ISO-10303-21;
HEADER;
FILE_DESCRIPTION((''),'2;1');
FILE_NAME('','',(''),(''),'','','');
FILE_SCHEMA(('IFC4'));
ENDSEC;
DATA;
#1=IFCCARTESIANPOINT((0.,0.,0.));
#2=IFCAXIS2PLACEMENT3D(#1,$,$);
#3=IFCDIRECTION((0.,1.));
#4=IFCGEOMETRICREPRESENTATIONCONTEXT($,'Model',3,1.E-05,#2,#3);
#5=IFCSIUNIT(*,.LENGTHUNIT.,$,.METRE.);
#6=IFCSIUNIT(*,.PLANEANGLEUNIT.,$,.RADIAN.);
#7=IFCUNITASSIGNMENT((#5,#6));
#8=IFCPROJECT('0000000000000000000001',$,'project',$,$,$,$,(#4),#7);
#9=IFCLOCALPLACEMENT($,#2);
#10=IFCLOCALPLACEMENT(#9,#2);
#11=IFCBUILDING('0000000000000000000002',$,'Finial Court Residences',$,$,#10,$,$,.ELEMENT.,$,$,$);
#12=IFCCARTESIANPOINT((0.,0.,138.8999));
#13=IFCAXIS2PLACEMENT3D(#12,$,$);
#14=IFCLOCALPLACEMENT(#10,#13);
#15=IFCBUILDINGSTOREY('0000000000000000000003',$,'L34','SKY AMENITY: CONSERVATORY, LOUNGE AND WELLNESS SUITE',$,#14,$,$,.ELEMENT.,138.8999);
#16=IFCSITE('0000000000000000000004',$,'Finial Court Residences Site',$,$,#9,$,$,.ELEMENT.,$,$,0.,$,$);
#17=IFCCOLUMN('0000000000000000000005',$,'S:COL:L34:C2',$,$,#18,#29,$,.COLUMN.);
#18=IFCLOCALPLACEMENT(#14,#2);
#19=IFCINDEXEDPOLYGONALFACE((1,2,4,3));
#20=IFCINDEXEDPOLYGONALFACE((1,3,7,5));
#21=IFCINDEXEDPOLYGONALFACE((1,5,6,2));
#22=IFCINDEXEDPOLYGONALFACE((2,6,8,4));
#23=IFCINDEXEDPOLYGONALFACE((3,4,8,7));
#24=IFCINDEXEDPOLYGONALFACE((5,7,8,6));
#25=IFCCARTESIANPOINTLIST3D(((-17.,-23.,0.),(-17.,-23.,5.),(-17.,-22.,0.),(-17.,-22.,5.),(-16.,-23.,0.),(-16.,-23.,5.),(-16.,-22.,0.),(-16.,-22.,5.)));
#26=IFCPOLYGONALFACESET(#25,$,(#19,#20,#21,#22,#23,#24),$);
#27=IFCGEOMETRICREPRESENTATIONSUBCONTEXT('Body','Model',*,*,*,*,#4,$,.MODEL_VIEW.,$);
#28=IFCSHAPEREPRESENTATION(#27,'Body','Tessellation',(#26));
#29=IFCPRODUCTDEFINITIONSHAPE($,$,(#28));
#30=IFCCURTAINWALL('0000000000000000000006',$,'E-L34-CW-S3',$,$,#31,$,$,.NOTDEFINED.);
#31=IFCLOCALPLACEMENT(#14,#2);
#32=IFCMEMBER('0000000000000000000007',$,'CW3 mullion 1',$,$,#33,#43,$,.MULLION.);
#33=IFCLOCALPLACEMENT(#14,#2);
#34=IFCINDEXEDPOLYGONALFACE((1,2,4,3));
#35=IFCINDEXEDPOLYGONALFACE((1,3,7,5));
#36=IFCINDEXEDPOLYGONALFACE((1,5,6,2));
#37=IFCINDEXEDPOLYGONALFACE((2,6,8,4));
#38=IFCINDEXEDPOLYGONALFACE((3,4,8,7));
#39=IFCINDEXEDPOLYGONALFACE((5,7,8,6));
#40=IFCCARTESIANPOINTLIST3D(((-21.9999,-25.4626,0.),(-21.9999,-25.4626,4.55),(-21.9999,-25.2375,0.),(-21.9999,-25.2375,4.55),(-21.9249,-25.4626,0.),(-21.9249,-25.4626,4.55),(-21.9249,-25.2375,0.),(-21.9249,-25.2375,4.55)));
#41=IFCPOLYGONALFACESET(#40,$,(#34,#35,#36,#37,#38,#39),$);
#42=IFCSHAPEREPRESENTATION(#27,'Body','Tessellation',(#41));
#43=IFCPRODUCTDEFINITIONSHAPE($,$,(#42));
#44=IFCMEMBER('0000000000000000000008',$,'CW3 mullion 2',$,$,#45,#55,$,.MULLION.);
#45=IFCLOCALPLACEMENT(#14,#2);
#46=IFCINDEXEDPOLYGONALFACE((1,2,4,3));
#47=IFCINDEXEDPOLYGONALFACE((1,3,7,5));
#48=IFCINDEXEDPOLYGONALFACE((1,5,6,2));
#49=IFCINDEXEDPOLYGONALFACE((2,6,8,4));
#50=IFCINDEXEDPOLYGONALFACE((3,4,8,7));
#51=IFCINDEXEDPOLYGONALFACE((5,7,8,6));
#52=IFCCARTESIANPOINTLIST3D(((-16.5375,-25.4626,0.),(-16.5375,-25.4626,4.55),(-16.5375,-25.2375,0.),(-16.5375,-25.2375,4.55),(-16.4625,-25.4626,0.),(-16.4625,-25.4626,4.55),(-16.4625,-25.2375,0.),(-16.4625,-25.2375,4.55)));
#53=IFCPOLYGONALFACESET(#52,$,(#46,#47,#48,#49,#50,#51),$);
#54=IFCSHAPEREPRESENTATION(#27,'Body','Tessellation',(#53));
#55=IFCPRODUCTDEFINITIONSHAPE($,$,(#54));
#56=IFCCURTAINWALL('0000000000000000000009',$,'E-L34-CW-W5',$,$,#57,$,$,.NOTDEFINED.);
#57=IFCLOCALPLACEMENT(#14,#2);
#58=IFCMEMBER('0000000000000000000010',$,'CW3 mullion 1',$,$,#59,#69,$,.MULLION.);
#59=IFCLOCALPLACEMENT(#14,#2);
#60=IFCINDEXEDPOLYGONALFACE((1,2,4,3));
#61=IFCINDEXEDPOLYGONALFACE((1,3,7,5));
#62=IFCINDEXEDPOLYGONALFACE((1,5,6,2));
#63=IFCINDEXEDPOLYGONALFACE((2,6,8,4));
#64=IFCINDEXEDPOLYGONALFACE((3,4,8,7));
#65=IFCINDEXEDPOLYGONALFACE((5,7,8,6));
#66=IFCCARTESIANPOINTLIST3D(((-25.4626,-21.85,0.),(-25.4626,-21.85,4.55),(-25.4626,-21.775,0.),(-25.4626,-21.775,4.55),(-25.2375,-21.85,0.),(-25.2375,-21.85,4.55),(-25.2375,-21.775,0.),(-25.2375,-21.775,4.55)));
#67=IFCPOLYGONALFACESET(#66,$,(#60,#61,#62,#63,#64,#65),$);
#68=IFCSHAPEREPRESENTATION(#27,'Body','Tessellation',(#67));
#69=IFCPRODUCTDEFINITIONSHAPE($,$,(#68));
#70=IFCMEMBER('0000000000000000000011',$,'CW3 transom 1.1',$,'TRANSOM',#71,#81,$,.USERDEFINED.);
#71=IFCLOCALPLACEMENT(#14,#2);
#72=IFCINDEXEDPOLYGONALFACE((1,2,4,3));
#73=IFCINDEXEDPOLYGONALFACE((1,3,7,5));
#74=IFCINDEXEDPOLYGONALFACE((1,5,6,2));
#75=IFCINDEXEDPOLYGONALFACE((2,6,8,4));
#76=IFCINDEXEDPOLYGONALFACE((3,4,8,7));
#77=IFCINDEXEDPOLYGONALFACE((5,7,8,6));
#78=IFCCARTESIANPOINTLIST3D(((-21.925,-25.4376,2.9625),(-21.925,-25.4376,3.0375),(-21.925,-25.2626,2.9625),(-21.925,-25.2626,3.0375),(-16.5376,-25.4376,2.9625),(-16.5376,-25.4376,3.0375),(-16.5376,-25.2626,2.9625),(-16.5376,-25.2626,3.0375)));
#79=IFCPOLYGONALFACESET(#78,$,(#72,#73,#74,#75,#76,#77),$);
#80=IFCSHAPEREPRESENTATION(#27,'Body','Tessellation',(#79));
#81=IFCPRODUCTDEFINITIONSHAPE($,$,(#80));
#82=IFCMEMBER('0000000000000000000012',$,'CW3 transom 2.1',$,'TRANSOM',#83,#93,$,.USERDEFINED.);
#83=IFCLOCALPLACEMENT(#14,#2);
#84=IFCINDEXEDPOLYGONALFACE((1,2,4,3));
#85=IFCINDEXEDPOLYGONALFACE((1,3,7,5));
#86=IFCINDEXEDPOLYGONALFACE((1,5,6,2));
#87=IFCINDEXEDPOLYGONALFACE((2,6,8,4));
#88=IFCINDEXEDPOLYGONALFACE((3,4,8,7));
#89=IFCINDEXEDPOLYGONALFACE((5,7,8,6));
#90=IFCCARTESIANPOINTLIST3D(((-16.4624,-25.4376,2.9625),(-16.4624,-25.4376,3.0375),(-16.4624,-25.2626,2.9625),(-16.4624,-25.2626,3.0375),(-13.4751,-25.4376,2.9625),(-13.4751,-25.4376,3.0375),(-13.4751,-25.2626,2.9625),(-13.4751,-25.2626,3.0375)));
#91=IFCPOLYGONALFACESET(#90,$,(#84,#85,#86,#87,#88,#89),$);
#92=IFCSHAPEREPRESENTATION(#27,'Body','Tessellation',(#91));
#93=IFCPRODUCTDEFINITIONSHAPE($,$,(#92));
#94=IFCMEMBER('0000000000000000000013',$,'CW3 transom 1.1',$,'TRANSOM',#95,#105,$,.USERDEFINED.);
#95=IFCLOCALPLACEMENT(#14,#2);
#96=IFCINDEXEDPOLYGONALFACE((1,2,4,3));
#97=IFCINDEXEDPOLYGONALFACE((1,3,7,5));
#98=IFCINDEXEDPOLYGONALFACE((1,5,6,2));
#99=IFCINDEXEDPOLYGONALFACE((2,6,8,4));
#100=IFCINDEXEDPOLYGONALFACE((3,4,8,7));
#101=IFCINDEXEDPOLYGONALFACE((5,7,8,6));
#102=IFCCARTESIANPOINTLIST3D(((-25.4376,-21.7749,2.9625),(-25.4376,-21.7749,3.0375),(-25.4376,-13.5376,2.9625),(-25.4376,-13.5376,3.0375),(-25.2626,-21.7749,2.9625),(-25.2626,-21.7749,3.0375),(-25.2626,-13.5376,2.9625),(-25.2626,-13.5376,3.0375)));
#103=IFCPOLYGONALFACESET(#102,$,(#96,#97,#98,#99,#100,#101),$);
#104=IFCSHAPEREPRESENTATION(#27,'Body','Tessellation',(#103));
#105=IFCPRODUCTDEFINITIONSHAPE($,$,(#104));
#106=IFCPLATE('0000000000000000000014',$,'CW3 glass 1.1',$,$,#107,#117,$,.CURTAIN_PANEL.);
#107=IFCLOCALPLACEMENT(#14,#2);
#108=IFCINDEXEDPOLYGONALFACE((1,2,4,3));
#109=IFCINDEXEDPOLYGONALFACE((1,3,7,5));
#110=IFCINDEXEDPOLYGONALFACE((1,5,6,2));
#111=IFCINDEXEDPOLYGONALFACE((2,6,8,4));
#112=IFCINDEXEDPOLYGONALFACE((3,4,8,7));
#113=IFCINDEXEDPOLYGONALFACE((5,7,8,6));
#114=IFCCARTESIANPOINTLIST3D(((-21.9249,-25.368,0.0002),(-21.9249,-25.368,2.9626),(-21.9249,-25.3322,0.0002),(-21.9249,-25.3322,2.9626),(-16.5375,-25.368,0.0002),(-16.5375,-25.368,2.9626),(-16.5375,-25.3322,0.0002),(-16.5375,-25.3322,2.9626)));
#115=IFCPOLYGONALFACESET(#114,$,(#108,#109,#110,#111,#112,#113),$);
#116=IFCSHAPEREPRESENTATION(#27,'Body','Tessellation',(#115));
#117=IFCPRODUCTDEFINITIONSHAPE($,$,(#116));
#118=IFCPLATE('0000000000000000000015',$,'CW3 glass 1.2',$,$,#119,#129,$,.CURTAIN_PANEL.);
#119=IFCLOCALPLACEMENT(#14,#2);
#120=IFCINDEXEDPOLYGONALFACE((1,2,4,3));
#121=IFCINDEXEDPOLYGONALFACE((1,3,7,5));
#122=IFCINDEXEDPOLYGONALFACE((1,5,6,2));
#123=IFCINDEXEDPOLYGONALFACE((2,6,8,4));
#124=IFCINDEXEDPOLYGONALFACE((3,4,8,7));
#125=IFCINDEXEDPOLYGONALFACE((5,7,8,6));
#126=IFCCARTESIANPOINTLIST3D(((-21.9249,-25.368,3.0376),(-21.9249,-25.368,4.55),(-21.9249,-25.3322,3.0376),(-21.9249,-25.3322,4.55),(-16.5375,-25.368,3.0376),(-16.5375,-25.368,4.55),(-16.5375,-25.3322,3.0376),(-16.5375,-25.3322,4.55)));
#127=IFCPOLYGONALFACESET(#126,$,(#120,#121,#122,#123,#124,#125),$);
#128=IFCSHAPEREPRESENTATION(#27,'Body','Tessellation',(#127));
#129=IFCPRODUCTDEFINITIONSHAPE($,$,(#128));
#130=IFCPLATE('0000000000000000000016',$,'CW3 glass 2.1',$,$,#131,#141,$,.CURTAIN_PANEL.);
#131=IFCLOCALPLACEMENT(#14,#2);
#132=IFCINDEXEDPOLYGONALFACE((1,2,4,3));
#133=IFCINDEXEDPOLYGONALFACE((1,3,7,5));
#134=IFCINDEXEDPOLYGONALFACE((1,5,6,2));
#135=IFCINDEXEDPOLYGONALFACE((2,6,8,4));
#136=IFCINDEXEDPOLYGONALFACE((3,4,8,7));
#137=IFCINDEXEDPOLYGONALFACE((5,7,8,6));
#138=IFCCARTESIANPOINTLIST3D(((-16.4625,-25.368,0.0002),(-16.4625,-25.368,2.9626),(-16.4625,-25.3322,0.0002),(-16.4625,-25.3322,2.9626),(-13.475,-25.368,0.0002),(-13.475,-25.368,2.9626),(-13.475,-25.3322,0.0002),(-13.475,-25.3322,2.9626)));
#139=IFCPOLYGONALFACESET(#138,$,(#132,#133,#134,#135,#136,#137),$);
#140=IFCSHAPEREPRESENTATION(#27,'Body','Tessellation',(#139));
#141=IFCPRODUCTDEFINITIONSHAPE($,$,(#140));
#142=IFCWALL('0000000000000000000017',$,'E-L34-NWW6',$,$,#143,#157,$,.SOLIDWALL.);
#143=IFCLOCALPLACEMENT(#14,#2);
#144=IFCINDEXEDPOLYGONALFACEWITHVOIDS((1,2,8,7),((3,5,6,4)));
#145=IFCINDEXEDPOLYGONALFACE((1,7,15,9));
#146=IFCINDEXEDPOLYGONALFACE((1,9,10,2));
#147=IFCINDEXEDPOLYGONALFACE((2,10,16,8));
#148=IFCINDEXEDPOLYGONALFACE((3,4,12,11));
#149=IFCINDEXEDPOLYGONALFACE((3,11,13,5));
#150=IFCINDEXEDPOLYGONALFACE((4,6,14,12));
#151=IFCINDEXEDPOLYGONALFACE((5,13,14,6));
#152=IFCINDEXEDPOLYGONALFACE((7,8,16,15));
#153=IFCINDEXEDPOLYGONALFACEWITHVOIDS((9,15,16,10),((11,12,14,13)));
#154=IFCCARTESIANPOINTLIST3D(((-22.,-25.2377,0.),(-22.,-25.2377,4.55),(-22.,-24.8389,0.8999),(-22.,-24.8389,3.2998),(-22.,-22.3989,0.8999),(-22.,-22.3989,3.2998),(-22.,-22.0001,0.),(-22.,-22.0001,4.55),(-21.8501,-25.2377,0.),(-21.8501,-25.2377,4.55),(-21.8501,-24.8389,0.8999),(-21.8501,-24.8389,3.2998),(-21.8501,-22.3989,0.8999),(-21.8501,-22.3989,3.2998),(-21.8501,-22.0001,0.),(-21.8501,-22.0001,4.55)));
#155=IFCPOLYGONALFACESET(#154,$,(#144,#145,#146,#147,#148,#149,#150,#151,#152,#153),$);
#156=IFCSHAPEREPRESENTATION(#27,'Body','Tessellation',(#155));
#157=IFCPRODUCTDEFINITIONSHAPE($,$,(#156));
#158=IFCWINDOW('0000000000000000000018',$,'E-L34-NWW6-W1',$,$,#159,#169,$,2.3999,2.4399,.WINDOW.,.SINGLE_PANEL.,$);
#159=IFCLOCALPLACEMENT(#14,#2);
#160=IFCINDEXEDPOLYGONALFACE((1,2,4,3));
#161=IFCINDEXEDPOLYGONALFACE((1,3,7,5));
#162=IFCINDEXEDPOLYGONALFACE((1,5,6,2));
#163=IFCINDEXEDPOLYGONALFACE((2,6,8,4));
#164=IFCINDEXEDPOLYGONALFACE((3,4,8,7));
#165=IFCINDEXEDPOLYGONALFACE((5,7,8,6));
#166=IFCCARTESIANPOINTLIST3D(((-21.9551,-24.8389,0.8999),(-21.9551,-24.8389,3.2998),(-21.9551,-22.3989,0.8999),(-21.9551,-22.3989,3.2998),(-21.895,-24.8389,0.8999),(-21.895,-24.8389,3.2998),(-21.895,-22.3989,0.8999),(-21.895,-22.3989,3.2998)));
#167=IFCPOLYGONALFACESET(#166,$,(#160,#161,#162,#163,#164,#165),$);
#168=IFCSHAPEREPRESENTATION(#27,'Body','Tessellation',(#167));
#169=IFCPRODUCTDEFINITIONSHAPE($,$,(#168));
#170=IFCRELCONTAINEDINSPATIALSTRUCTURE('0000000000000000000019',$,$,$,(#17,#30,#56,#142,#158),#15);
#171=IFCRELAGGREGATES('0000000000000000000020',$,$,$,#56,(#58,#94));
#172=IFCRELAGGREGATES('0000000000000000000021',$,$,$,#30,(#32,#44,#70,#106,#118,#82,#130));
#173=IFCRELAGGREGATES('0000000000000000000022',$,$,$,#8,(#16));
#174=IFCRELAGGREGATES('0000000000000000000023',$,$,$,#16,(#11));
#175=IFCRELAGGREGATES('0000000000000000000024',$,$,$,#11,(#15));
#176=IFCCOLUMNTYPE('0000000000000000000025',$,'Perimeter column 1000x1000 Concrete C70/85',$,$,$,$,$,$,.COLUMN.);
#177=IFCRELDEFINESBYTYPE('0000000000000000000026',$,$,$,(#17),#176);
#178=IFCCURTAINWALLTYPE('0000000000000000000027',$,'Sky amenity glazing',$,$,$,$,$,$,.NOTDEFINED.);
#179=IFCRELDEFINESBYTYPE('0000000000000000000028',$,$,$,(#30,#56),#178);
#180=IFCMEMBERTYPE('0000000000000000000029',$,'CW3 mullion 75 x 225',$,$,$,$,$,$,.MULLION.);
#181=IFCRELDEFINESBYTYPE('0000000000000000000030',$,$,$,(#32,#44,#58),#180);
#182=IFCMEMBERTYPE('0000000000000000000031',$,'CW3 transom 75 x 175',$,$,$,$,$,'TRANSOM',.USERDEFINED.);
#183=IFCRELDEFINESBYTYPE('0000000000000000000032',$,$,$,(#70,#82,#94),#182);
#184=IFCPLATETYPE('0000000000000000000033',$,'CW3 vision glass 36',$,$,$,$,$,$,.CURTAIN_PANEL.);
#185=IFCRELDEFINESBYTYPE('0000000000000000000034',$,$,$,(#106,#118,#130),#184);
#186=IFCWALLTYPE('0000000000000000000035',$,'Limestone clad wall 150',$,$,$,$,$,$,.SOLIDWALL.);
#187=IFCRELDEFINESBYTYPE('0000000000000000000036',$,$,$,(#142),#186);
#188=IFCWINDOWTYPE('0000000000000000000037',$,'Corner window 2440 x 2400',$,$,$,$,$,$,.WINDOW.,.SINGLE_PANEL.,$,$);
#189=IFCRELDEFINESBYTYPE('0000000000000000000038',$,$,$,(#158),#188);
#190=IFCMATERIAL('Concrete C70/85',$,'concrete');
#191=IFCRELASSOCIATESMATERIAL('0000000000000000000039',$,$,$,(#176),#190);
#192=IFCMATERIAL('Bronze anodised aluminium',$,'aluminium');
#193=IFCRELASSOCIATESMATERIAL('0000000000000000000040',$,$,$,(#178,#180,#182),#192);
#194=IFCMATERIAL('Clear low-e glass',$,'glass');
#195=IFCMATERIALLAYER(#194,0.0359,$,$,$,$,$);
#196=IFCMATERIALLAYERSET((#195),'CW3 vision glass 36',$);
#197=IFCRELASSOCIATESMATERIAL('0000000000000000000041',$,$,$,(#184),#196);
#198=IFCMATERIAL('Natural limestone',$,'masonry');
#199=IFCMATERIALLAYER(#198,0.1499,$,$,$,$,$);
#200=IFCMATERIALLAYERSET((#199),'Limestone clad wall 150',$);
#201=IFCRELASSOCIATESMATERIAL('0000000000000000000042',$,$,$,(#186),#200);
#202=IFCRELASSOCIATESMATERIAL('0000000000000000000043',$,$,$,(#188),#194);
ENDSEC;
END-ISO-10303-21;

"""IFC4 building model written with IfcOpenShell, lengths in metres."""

from ifc_helpers import new_model, si_unit, direction, frame, frame_2d, origin, origin_2d, place, context, subcontext, project, spatial, rectangle, extrude, material, layer, layer_set, material_profile, profile_set, type_object, element, fill, aggregate, save


model = new_model("IFC4")

# Units and contexts
model_context = context("Model", 3, precision=1e-05, world=origin(), true_north=direction((0.0, 1.0)))
body_context = subcontext(model_context, "Body", "Model", "MODEL_VIEW")
ifc_project = project(units=[si_unit("LENGTHUNIT", "METRE"), si_unit("PLANEANGLEUNIT", "RADIAN")], contexts=[model_context])

# Site, building, storey
site_placement = place(None, origin())
site = spatial("IfcSite", under=ifc_project, at=site_placement, Name="Finial Court Residences Site", CompositionType="ELEMENT", RefElevation=0.0)
building_placement = place(site_placement, origin())
building = spatial("IfcBuilding", under=site, at=building_placement, Name="Finial Court Residences", CompositionType="ELEMENT")
storey_placement = place(building_placement, frame((0.0, 0.0, 138.8999)))
storey = spatial("IfcBuildingStorey", under=building, at=storey_placement, Name="L34", Description="SKY AMENITY: CONSERVATORY, LOUNGE AND WELLNESS SUITE", CompositionType="ELEMENT", Elevation=138.8999)

# Column
ifc_material_1 = material(Name="Concrete C70/85", Category="concrete")
ifc_material_profile_1 = material_profile(ifc_material_1, rectangle(XDim=1.0, YDim=1.0, at=origin_2d()), Name="1000x1000")
ifc_profile_set_1 = profile_set([ifc_material_profile_1], Name="Concrete C70/85")
column_type = type_object("IfcColumnType", Name="Perimeter column 1000x1000 Concrete C70/85", PredefinedType="COLUMN", material=ifc_profile_set_1)
column_placement = place(storey_placement, frame((-16.5, -22.5, 0.0), z_axis=(0.0, 0.0, 1.0), x_axis=(1.0, 0.0, 0.0)))
element("IfcColumn", 1, at=column_placement, inside=storey, type_object=column_type, Name="S:COL:L34:C2", PredefinedType="COLUMN", context=body_context, shape_type="SweptSolid", body=[
    extrude(rectangle(XDim=1.0, YDim=1.0, at=origin_2d()), origin(), (0.0, 0.0, 1.0), 5.0),
])

# Curtain wall, members
ifc_material_2 = material(Name="Bronze anodised aluminium", Category="aluminium")
curtain_wall_type = type_object("IfcCurtainWallType", Name="Sky amenity glazing", PredefinedType="NOTDEFINED", material=ifc_material_2)
curtain_wall_1_placement = place(storey_placement, origin())
curtain_wall_1 = element("IfcCurtainWall", 2, at=curtain_wall_1_placement, inside=storey, type_object=curtain_wall_type, Name="E-L34-CW-S3", PredefinedType="NOTDEFINED")
ifc_material_profile_2 = material_profile(ifc_material_2, rectangle(XDim=0.2251, YDim=0.075, at=origin_2d()), Name="CW3 mullion 75 x 225")
ifc_profile_set_2 = profile_set([ifc_material_profile_2], Name="Bronze anodised aluminium")
member_type_1 = type_object("IfcMemberType", Name="CW3 mullion 75 x 225", PredefinedType="MULLION", material=ifc_profile_set_2)
member_1_placement = place(storey_placement, frame((-21.9624, -25.3501, 0.0), z_axis=(0.0, 0.0, 1.0), x_axis=(0.0, 1.0, 0.0)))
member_1 = element("IfcMember", 3, at=member_1_placement, type_object=member_type_1, Name="CW3 mullion 1", PredefinedType="MULLION", context=body_context, shape_type="SweptSolid", body=[
    extrude(rectangle(XDim=0.2251, YDim=0.075, at=origin_2d()), origin(), (0.0, 0.0, 1.0), 4.55),
])
member_2_placement = place(storey_placement, frame((-16.5, -25.3501, 0.0), z_axis=(0.0, 0.0, 1.0), x_axis=(0.0, 1.0, 0.0)))
member_2 = element("IfcMember", 4, at=member_2_placement, type_object=member_type_1, Name="CW3 mullion 2", PredefinedType="MULLION", context=body_context, shape_type="SweptSolid", body=[
    extrude(rectangle(XDim=0.2251, YDim=0.075, at=origin_2d()), origin(), (0.0, 0.0, 1.0), 4.55),
])

# Curtain wall, member
curtain_wall_2_placement = place(storey_placement, origin())
curtain_wall_2 = element("IfcCurtainWall", 5, at=curtain_wall_2_placement, inside=storey, type_object=curtain_wall_type, Name="E-L34-CW-W5", PredefinedType="NOTDEFINED")
member_3_placement = place(storey_placement, frame((-25.3501, -21.8125, 0.0), z_axis=(0.0, 0.0, 1.0), x_axis=(-1.0, 0.0, 0.0)))
member_3 = element("IfcMember", 6, at=member_3_placement, type_object=member_type_1, Name="CW3 mullion 1", PredefinedType="MULLION", context=body_context, shape_type="SweptSolid", body=[
    extrude(rectangle(XDim=0.2251, YDim=0.075, at=origin_2d()), origin(), (0.0, 0.0, 1.0), 4.55),
])

# Members
ifc_material_profile_3 = material_profile(ifc_material_2, rectangle(XDim=0.175, YDim=0.075, at=origin_2d()), Name="CW3 transom 75 x 175")
ifc_profile_set_3 = profile_set([ifc_material_profile_3], Name="Bronze anodised aluminium")
member_type_2 = type_object("IfcMemberType", Name="CW3 transom 75 x 175", ElementType="TRANSOM", PredefinedType="USERDEFINED", material=ifc_profile_set_3)
member_4_placement = place(storey_placement, frame((-21.925, -25.3501, 3.0), z_axis=(1.0, 0.0, 0.0), x_axis=(0.0, 1.0, 0.0)))
member_4 = element("IfcMember", 7, at=member_4_placement, type_object=member_type_2, Name="CW3 transom 1.1", ObjectType="TRANSOM", PredefinedType="USERDEFINED", context=body_context, shape_type="SweptSolid", body=[
    extrude(rectangle(XDim=0.175, YDim=0.075, at=origin_2d()), origin(), (0.0, 0.0, 1.0), 5.3875),
])
member_5_placement = place(storey_placement, frame((-16.4624, -25.3501, 3.0), z_axis=(1.0, 0.0, 0.0), x_axis=(0.0, 1.0, 0.0)))
member_5 = element("IfcMember", 8, at=member_5_placement, type_object=member_type_2, Name="CW3 transom 2.1", ObjectType="TRANSOM", PredefinedType="USERDEFINED", context=body_context, shape_type="SweptSolid", body=[
    extrude(rectangle(XDim=0.175, YDim=0.075, at=origin_2d()), origin(), (0.0, 0.0, 1.0), 2.9873),
])
member_6_placement = place(storey_placement, frame((-25.3501, -21.7749, 3.0), z_axis=(0.0, 1.0, 0.0), x_axis=(-1.0, 0.0, 0.0)))
member_6 = element("IfcMember", 9, at=member_6_placement, type_object=member_type_2, Name="CW3 transom 1.1", ObjectType="TRANSOM", PredefinedType="USERDEFINED", context=body_context, shape_type="SweptSolid", body=[
    extrude(rectangle(XDim=0.175, YDim=0.075, at=origin_2d()), origin(), (0.0, 0.0, 1.0), 8.2373),
])
aggregate(curtain_wall_2, [member_3, member_6])

# Plates
ifc_material_3 = material(Name="Clear low-e glass", Category="glass")
ifc_layer_1 = layer(ifc_material_3, 0.0359)
ifc_layer_set_1 = layer_set([ifc_layer_1], Name="CW3 vision glass 36")
plate_type = type_object("IfcPlateType", Name="CW3 vision glass 36", PredefinedType="CURTAIN_PANEL", material=ifc_layer_set_1)
plate_1_placement = place(storey_placement, frame((-19.2312, -25.3501, 0.0002), z_axis=(0.0, 0.0, 1.0), x_axis=(1.0, 0.0, 0.0)))
plate_1 = element("IfcPlate", 10, at=plate_1_placement, type_object=plate_type, Name="CW3 glass 1.1", PredefinedType="CURTAIN_PANEL", context=body_context, shape_type="SweptSolid", body=[
    extrude(rectangle(XDim=5.3875, YDim=0.0359, at=origin_2d()), origin(), (0.0, 0.0, 1.0), 2.9624),
])
plate_2_placement = place(storey_placement, frame((-19.2312, -25.3501, 3.0376), z_axis=(0.0, 0.0, 1.0), x_axis=(1.0, 0.0, 0.0)))
plate_2 = element("IfcPlate", 11, at=plate_2_placement, type_object=plate_type, Name="CW3 glass 1.2", PredefinedType="CURTAIN_PANEL", context=body_context, shape_type="SweptSolid", body=[
    extrude(rectangle(XDim=5.3875, YDim=0.0359, at=origin_2d()), origin(), (0.0, 0.0, 1.0), 1.5125),
])
plate_3_placement = place(storey_placement, frame((-14.9688, -25.3501, 0.0002), z_axis=(0.0, 0.0, 1.0), x_axis=(1.0, 0.0, 0.0)))
plate_3 = element("IfcPlate", 12, at=plate_3_placement, type_object=plate_type, Name="CW3 glass 2.1", PredefinedType="CURTAIN_PANEL", context=body_context, shape_type="SweptSolid", body=[
    extrude(rectangle(XDim=2.9875, YDim=0.0359, at=origin_2d()), origin(), (0.0, 0.0, 1.0), 2.9624),
])
aggregate(curtain_wall_1, [member_1, member_2, member_4, plate_1, plate_2, member_5, plate_3])

# Wall, opening, window
ifc_material_4 = material(Name="Natural limestone", Category="masonry")
ifc_layer_2 = layer(ifc_material_4, 0.1499)
ifc_layer_set_2 = layer_set([ifc_layer_2], Name="Limestone clad wall 150")
wall_type = type_object("IfcWallType", Name="Limestone clad wall 150", PredefinedType="SOLIDWALL", material=ifc_layer_set_2)
wall_1_placement = place(storey_placement, frame((-21.925, -25.2375, 0.0), z_axis=(0.0, 0.0, 1.0), x_axis=(0.0, 1.0, 0.0)))
wall_1 = element("IfcWall", 13, at=wall_1_placement, inside=storey, type_object=wall_type, Name="E-L34-NWW6", PredefinedType="SOLIDWALL", context=body_context, shape_type="SweptSolid", body=[
    extrude(rectangle(XDim=3.2375, YDim=0.1499, at=frame_2d((1.6187, 0.0))), origin(), (0.0, 0.0, 1.0), 4.55),
])
opening_1_placement = place(wall_1_placement, frame((0.3987, 0.0, 0.8999)))
opening_1 = element("IfcOpeningElement", 14, at=opening_1_placement, cuts=wall_1, PredefinedType="OPENING", context=body_context, shape_type="SweptSolid", body=[
    extrude(rectangle(XDim=2.4399, YDim=2.3999, at=frame_2d((1.22, 1.2))), frame((0.0, 0.085, 0.0), z_axis=(0.0, -1.0, 0.0), x_axis=(1.0, 0.0, 0.0)), (0.0, 0.0, 1.0), 0.1699),
])
window_type_1 = type_object("IfcWindowType", Name="Corner window 2440 x 2400", PartitioningType="SINGLE_PANEL", PredefinedType="WINDOW", material=ifc_material_3)
window_1_placement = place(opening_1_placement, origin())
window_1 = element("IfcWindow", 15, at=window_1_placement, inside=storey, type_object=window_type_1, Name="E-L34-NWW6-W1", OverallHeight=2.3999, OverallWidth=2.4399, PartitioningType="SINGLE_PANEL", PredefinedType="WINDOW", context=body_context, shape_type="SweptSolid", body=[
    extrude(rectangle(XDim=2.4399, YDim=2.3999, at=frame_2d((1.22, 1.2))), frame((0.0, 0.03, 0.0), z_axis=(0.0, -1.0, 0.0), x_axis=(1.0, 0.0, 0.0)), (0.0, 0.0, 1.0), 0.0601),
])
fill(opening_1, window_1)

save(model, "model.ifc")
